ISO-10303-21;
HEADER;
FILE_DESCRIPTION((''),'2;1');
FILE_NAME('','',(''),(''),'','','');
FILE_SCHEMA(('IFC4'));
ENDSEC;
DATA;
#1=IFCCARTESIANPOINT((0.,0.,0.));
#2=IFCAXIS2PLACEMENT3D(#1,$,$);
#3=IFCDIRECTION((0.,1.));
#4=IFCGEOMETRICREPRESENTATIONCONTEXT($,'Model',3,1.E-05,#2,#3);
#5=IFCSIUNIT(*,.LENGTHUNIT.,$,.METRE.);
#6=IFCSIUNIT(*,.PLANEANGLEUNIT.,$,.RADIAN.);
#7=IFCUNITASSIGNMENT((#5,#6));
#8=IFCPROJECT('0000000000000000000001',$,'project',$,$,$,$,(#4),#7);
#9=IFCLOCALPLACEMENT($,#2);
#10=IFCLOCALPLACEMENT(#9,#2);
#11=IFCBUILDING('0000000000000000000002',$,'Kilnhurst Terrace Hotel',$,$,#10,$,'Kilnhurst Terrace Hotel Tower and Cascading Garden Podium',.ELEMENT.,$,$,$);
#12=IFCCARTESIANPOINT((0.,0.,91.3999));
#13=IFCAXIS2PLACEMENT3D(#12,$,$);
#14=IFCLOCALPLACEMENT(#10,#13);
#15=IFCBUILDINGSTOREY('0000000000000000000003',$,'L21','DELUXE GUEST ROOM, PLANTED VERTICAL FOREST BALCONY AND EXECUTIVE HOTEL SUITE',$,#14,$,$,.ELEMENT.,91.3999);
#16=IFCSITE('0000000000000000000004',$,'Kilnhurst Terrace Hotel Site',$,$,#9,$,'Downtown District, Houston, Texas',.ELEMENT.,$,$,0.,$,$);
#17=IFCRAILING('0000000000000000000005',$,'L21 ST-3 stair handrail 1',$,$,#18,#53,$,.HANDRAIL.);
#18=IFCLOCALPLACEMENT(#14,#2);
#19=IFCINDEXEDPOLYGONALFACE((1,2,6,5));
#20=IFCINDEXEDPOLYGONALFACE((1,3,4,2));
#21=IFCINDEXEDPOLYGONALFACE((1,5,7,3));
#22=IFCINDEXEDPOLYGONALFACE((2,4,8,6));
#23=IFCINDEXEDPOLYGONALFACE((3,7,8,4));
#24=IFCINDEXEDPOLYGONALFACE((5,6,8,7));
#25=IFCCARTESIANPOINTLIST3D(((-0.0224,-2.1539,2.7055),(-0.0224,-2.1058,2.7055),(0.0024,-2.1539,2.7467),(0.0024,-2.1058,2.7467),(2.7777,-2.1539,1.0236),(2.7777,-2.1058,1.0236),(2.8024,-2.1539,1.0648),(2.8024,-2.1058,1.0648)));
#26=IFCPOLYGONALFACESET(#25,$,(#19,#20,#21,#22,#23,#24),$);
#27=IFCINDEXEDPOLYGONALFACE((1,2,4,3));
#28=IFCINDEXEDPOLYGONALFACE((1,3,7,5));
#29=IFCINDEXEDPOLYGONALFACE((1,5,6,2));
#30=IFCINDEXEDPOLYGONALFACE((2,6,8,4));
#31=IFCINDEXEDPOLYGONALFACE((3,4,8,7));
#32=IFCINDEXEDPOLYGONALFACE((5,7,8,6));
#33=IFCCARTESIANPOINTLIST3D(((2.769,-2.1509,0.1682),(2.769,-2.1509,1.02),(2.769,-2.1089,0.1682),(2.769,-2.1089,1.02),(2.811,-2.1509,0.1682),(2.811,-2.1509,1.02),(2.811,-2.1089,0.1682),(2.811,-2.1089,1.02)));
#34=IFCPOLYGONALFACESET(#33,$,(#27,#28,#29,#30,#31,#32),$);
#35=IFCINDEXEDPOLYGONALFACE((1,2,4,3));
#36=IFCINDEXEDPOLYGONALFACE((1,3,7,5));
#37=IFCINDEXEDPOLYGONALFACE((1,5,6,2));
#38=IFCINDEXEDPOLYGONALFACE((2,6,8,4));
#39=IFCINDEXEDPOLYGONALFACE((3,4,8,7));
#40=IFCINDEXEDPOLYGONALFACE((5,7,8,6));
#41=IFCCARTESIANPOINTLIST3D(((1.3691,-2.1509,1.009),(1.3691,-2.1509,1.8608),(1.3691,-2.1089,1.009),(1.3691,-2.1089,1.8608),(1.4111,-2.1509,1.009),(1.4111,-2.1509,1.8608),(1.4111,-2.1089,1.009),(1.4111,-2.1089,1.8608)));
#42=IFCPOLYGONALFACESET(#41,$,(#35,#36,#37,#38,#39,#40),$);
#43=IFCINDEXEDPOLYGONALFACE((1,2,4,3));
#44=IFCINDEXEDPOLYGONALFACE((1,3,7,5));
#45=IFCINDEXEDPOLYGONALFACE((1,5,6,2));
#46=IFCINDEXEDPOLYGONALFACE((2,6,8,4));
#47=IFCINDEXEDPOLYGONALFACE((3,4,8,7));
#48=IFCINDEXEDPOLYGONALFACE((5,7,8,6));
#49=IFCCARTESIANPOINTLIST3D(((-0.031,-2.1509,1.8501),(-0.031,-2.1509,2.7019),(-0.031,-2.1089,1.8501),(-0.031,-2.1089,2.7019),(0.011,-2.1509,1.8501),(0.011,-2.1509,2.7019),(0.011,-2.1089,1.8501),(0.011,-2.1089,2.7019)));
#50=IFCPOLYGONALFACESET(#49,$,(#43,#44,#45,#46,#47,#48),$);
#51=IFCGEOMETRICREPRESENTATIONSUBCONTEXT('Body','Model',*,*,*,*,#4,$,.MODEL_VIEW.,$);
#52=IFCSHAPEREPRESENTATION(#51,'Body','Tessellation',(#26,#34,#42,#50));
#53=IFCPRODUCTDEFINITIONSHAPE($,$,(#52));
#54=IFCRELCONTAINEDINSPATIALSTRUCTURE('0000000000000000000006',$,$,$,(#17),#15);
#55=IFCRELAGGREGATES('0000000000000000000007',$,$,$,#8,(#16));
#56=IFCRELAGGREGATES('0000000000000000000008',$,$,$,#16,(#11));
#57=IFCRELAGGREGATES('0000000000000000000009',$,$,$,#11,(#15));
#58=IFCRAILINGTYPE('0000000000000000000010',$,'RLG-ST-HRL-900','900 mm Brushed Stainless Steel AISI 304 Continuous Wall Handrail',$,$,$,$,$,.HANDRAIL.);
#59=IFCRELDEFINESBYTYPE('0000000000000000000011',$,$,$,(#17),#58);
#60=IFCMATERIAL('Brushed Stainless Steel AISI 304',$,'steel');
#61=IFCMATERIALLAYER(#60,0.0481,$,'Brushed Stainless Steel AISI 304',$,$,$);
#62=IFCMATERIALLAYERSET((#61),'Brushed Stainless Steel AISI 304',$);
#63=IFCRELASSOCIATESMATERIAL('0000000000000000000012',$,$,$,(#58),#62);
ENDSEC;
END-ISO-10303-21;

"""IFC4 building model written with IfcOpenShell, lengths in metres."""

from ifc_helpers import new_model, si_unit, direction, frame, origin, origin_2d, place, context, subcontext, project, spatial, rectangle, extrude, material, layer, layer_set, type_object, element, save


model = new_model("IFC4")

# Units and contexts
model_context = context("Model", 3, precision=1e-05, world=origin(), true_north=direction((0.0, 1.0)))
body_context = subcontext(model_context, "Body", "Model", "MODEL_VIEW")
ifc_project = project(units=[si_unit("LENGTHUNIT", "METRE"), si_unit("PLANEANGLEUNIT", "RADIAN")], contexts=[model_context])

# Site, building, storey
site_placement = place(None, origin())
site = spatial("IfcSite", under=ifc_project, at=site_placement, Name="Kilnhurst Terrace Hotel Site", LongName="Downtown District, Houston, Texas", CompositionType="ELEMENT", RefElevation=0.0)
building_placement = place(site_placement, origin())
building = spatial("IfcBuilding", under=site, at=building_placement, Name="Kilnhurst Terrace Hotel", LongName="Kilnhurst Terrace Hotel Tower and Cascading Garden Podium", CompositionType="ELEMENT")
storey_placement = place(building_placement, frame((0.0, 0.0, 91.3999)))
storey = spatial("IfcBuildingStorey", under=building, at=storey_placement, Name="L21", Description="DELUXE GUEST ROOM, PLANTED VERTICAL FOREST BALCONY AND EXECUTIVE HOTEL SUITE", CompositionType="ELEMENT", Elevation=91.3999)

# Railing
ifc_material_1 = material(Name="Brushed Stainless Steel AISI 304", Category="steel")
ifc_layer_1 = layer(ifc_material_1, 0.0481, Name="Brushed Stainless Steel AISI 304")
ifc_layer_set_1 = layer_set([ifc_layer_1], Name="Brushed Stainless Steel AISI 304")
railing_type_1 = type_object("IfcRailingType", Name="RLG-ST-HRL-900", Description="900 mm Brushed Stainless Steel AISI 304 Continuous Wall Handrail", PredefinedType="HANDRAIL", material=ifc_layer_set_1)
railing_1_placement = place(storey_placement, frame((2.79, -2.1299, 0.1682)))
element("IfcRailing", 1, at=railing_1_placement, inside=storey, type_object=railing_type_1, Name="L21 ST-3 stair handrail 1", PredefinedType="HANDRAIL", context=body_context, shape_type="SweptSolid", body=[
    extrude(rectangle(XDim=0.0481, YDim=0.0481, at=origin_2d()), frame((0.0, 0.0, 0.876), z_axis=(-0.857242, 0.0, 0.514913), x_axis=(0.0, -1.0, 0.0)), (0.0, 0.0, 1.0), 3.2664),
    extrude(rectangle(XDim=0.042, YDim=0.042, at=origin_2d()), origin(), (0.0, 0.0, 1.0), 0.8518),
    extrude(rectangle(XDim=0.042, YDim=0.042, at=origin_2d()), frame((-1.3999, 0.0, 0.8408)), (0.0, 0.0, 1.0), 0.8518),
    extrude(rectangle(XDim=0.042, YDim=0.042, at=origin_2d()), frame((-2.8, 0.0, 1.6819)), (0.0, 0.0, 1.0), 0.8518),
])

save(model, "model.ifc")
